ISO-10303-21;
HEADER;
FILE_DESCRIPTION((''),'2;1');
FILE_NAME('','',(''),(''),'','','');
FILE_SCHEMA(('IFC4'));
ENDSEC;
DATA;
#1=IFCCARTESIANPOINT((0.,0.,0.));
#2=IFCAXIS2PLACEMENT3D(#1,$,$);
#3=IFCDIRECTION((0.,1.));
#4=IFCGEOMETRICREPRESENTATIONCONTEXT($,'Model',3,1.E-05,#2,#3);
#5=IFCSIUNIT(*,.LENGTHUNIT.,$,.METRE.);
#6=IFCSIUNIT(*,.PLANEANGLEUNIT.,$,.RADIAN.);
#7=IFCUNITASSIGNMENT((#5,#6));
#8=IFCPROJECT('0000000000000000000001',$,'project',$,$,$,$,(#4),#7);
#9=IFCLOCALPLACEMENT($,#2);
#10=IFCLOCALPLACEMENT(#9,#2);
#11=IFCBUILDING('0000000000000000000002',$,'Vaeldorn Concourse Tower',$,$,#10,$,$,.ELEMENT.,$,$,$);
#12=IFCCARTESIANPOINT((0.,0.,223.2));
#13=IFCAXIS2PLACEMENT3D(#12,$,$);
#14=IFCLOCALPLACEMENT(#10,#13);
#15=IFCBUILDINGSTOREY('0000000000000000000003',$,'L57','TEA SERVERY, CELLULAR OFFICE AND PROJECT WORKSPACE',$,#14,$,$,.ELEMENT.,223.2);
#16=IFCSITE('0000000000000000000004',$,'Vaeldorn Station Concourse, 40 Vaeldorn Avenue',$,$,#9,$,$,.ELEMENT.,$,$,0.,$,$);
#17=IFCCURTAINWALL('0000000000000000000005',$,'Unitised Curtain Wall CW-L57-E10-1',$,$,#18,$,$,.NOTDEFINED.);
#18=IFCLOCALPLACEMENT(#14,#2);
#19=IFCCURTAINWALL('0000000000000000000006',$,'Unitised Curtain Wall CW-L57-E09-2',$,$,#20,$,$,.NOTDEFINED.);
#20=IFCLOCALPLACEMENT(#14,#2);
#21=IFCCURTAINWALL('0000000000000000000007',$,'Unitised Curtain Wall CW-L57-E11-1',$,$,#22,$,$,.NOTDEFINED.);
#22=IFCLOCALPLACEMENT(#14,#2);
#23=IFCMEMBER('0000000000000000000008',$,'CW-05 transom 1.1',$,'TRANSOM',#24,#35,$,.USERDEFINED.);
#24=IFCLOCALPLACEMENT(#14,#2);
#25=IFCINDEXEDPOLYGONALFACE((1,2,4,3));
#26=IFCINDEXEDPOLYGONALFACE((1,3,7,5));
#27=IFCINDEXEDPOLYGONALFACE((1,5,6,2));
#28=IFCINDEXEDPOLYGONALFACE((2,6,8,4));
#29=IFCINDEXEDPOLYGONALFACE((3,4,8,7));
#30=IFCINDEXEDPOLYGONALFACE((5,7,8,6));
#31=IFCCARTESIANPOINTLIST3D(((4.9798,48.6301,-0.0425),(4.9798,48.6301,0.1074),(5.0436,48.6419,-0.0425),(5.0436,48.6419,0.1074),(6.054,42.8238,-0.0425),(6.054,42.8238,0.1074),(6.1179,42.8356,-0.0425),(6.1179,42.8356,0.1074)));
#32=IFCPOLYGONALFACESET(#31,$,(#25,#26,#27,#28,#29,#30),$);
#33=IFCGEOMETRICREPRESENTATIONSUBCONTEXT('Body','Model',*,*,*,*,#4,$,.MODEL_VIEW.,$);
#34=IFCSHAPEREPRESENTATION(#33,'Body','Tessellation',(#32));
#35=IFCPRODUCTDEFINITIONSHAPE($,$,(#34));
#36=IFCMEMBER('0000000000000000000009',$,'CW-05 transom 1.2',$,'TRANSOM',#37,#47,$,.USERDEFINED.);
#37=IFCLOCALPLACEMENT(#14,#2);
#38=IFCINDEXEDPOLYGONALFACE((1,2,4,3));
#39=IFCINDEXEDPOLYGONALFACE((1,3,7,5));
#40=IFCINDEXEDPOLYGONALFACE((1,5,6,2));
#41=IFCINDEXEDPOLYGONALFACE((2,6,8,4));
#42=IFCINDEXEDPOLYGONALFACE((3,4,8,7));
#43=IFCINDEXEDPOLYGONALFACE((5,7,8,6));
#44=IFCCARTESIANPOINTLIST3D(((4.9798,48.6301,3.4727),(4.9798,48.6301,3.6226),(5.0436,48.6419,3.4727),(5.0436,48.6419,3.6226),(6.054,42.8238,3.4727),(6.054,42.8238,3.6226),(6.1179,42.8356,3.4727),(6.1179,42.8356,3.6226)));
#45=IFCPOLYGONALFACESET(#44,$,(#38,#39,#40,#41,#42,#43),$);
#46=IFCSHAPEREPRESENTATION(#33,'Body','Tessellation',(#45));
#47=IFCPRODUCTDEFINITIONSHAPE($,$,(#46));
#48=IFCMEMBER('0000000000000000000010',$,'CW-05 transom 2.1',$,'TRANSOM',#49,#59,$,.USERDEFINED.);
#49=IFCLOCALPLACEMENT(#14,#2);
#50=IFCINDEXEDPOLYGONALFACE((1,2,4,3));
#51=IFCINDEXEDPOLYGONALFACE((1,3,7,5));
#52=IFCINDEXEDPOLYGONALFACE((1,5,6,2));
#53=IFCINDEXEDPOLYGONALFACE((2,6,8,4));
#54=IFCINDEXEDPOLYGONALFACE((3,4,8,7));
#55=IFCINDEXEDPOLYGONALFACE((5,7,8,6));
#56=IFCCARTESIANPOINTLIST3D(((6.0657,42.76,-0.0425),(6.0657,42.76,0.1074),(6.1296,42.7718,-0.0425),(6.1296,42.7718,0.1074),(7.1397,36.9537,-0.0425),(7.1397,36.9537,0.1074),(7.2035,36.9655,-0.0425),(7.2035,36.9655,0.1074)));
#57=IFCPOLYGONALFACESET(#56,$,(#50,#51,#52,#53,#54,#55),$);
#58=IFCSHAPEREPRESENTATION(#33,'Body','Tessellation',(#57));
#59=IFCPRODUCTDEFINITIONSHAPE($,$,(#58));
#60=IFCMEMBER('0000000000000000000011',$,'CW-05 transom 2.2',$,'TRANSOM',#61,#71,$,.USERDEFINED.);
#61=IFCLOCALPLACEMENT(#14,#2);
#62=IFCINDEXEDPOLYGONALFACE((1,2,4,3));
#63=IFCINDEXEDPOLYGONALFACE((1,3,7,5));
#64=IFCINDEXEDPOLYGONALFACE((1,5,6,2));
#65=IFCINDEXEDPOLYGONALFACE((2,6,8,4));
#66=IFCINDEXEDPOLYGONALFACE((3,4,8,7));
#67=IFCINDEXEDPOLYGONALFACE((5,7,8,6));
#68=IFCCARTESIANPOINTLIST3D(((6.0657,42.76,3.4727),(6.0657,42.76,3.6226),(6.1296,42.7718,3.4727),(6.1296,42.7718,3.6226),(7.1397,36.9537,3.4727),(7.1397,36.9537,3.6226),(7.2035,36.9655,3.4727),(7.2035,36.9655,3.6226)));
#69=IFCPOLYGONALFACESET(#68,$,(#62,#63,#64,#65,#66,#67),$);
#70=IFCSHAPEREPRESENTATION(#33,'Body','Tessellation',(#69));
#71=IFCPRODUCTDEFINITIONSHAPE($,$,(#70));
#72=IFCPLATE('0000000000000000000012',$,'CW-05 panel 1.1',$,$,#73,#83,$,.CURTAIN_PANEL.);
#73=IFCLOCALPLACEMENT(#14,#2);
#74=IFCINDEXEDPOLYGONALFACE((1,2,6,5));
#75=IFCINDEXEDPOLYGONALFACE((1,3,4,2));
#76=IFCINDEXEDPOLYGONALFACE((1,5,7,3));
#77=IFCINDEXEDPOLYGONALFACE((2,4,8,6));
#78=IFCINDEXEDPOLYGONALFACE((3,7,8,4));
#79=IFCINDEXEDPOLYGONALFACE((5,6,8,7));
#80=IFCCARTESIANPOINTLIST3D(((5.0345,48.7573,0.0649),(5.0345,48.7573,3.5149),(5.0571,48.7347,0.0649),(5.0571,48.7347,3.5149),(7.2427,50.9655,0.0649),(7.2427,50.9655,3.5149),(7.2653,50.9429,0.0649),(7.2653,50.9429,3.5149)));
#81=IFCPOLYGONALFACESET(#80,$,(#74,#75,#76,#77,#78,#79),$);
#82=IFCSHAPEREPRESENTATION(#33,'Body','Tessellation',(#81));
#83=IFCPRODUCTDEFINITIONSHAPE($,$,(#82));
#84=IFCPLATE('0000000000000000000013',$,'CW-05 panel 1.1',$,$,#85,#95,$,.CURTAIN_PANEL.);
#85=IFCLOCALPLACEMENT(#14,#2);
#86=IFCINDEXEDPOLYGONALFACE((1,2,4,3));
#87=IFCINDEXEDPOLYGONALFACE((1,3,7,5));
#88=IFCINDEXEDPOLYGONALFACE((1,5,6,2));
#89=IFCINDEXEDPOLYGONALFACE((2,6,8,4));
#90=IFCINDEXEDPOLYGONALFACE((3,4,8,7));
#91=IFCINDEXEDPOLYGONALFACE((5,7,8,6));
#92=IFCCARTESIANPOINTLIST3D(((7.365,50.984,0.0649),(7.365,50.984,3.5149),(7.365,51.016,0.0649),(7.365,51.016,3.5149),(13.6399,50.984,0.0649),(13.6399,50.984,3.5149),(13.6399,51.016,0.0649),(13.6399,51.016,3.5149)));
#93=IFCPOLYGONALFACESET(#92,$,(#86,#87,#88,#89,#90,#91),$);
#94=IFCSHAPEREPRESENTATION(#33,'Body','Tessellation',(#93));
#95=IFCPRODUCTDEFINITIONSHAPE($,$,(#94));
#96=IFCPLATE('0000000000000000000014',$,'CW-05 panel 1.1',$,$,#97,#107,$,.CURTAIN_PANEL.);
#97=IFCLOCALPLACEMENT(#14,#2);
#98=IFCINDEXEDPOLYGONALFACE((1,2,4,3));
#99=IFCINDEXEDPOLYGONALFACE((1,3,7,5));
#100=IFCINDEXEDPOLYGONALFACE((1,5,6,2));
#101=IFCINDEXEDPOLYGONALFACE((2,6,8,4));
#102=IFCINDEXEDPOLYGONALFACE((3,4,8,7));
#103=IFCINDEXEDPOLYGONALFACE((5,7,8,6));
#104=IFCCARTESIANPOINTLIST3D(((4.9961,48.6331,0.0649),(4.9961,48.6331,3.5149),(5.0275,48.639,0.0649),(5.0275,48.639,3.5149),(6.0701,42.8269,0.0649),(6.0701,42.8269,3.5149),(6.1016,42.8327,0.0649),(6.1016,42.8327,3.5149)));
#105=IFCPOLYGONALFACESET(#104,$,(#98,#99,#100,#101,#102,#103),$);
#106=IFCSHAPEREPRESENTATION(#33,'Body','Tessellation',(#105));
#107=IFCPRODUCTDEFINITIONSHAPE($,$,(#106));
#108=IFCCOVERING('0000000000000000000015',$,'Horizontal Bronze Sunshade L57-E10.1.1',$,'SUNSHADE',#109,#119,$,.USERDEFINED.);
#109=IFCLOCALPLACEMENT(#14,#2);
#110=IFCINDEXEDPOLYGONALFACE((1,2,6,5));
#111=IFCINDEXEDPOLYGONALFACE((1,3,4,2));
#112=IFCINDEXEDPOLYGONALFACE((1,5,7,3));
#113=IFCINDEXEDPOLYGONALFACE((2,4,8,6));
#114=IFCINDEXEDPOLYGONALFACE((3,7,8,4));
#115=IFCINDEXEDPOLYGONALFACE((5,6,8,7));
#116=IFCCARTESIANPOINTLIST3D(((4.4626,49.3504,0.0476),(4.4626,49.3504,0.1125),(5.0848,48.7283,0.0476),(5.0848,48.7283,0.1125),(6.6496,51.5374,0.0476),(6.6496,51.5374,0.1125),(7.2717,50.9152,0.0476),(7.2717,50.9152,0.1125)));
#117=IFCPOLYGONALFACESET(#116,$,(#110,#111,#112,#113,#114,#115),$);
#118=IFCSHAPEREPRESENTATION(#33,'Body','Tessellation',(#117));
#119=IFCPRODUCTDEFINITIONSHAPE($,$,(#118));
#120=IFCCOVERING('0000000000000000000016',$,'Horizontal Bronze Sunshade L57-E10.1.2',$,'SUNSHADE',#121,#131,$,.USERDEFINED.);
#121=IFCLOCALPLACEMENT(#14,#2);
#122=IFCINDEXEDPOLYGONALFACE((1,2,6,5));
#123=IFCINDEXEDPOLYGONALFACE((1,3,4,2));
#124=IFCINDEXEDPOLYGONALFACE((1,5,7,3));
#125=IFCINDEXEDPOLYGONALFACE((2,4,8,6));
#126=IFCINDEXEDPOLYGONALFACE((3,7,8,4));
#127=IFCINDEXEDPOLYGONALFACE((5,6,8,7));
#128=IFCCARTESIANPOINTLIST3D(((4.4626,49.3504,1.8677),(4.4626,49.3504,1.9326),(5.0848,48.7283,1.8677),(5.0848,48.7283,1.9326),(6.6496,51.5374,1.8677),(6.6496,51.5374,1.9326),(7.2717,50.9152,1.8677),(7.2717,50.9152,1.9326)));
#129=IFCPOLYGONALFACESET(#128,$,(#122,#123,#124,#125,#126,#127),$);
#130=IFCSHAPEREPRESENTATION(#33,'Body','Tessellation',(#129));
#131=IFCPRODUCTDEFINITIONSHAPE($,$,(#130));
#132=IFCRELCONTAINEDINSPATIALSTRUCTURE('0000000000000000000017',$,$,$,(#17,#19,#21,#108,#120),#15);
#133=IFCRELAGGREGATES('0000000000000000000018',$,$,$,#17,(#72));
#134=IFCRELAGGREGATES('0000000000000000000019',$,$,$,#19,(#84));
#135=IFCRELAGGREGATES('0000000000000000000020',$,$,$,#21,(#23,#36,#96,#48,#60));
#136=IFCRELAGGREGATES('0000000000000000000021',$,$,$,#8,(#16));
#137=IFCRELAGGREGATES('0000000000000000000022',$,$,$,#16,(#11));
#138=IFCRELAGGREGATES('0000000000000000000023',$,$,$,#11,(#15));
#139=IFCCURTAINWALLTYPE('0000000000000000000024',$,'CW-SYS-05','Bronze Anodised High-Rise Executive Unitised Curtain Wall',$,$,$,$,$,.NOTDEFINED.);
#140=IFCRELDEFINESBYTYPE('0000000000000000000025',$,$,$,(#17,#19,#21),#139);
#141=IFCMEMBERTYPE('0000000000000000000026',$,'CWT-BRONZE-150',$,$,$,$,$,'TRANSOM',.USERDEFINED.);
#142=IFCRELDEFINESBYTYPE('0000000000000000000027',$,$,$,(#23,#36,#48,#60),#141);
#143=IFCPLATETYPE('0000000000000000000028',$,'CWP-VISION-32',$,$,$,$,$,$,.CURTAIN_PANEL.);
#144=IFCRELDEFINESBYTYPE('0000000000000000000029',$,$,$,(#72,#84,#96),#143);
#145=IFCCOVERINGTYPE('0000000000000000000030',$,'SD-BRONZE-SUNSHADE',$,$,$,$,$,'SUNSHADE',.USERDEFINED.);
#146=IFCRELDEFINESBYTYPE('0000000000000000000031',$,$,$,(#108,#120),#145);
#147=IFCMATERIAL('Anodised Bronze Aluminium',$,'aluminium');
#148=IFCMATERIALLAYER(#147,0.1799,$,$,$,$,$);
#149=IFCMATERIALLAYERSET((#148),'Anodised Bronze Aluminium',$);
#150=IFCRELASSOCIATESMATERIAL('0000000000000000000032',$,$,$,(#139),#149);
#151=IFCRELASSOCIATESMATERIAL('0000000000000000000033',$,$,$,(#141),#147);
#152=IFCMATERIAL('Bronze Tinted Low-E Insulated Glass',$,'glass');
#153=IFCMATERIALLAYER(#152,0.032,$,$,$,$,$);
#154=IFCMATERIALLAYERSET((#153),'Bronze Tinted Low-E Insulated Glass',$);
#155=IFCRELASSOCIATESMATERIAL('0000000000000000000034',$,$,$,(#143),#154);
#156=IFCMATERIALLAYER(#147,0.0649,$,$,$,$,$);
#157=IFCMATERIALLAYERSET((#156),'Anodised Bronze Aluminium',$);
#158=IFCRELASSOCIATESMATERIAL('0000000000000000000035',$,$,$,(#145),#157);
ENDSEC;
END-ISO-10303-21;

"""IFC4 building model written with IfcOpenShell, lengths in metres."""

from ifc_helpers import new_model, si_unit, direction, frame, origin, origin_2d, place, context, subcontext, project, spatial, rectangle, extrude, source, transform, mapped, material, layer, layer_set, material_profile, profile_set, type_object, element, aggregate, save


model = new_model("IFC4")

# Units and contexts
model_context = context("Model", 3, precision=1e-05, world=origin(), true_north=direction((0.0, 1.0)))
body_context = subcontext(model_context, "Body", "Model", "MODEL_VIEW")
ifc_project = project(units=[si_unit("LENGTHUNIT", "METRE"), si_unit("PLANEANGLEUNIT", "RADIAN")], contexts=[model_context])

# Site, building, storey
site_placement = place(None, origin())
site = spatial("IfcSite", under=ifc_project, at=site_placement, Name="Vaeldorn Station Concourse, 40 Vaeldorn Avenue", CompositionType="ELEMENT", RefElevation=0.0)
building_placement = place(site_placement, origin())
building = spatial("IfcBuilding", under=site, at=building_placement, Name="Vaeldorn Concourse Tower", CompositionType="ELEMENT")
storey_placement = place(building_placement, frame((0.0, 0.0, 223.2)))
storey = spatial("IfcBuildingStorey", under=building, at=storey_placement, Name="L57", Description="TEA SERVERY, CELLULAR OFFICE AND PROJECT WORKSPACE", CompositionType="ELEMENT", Elevation=223.2)

# Curtain walls
ifc_material_1 = material(Name="Anodised Bronze Aluminium", Category="aluminium")
ifc_layer_1 = layer(ifc_material_1, 0.1799)
ifc_layer_set_1 = layer_set([ifc_layer_1], Name="Anodised Bronze Aluminium")
curtain_wall_type = type_object("IfcCurtainWallType", Name="CW-SYS-05", Description="Bronze Anodised High-Rise Executive Unitised Curtain Wall", PredefinedType="NOTDEFINED", material=ifc_layer_set_1)
curtain_wall_1_placement = place(storey_placement, origin())
curtain_wall_1 = element("IfcCurtainWall", 1, at=curtain_wall_1_placement, inside=storey, type_object=curtain_wall_type, Name="Unitised Curtain Wall CW-L57-E10-1", PredefinedType="NOTDEFINED")
ifc_material_profile_1 = material_profile(ifc_material_1, rectangle(XDim=0.0649, YDim=0.1499, at=origin_2d()), Name="CWT 65x150")
ifc_profile_set_1 = profile_set([ifc_material_profile_1], Name="Anodised Bronze Aluminium")
member_type_1 = type_object("IfcMemberType", Name="CWT-BRONZE-150", ElementType="TRANSOM", PredefinedType="USERDEFINED", material=ifc_profile_set_1)
curtain_wall_2_placement = place(storey_placement, origin())
curtain_wall_2 = element("IfcCurtainWall", 2, at=curtain_wall_2_placement, inside=storey, type_object=curtain_wall_type, Name="Unitised Curtain Wall CW-L57-E09-2", PredefinedType="NOTDEFINED")

# Curtain wall
curtain_wall_3_placement = place(storey_placement, origin())
curtain_wall_3 = element("IfcCurtainWall", 3, at=curtain_wall_3_placement, inside=storey, type_object=curtain_wall_type, Name="Unitised Curtain Wall CW-L57-E11-1", PredefinedType="NOTDEFINED")

# Members
shared_shape_1 = source(origin(), body_context, "Body", "SweptSolid", [
    extrude(rectangle(XDim=0.0649, YDim=0.1499, at=origin_2d()), origin(), (0.0, 0.0, 1.0), 5.9048),
])
member_1_placement = place(storey_placement, frame((5.0117, 48.636, 0.0325), z_axis=(0.181926, -0.983312, 0.0), x_axis=(0.983312, 0.181926, 0.0)))
member_1 = element("IfcMember", 4, at=member_1_placement, type_object=member_type_1, Name="CW-05 transom 1.1", ObjectType="TRANSOM", PredefinedType="USERDEFINED", context=body_context, shape_type="MappedRepresentation", body=[
    mapped(shared_shape_1, transform((0.0, 0.0, 0.0), scale=1.0)),
])
member_2_placement = place(storey_placement, frame((5.0117, 48.636, 3.5476), z_axis=(0.181926, -0.983312, 0.0), x_axis=(0.983312, 0.181926, 0.0)))
member_2 = element("IfcMember", 5, at=member_2_placement, type_object=member_type_1, Name="CW-05 transom 1.2", ObjectType="TRANSOM", PredefinedType="USERDEFINED", context=body_context, shape_type="MappedRepresentation", body=[
    mapped(shared_shape_1, transform((0.0, 0.0, 0.0), scale=1.0)),
])
member_3_placement = place(storey_placement, frame((6.0977, 42.7659, 0.0325), z_axis=(0.181879, -0.983321, 0.0), x_axis=(0.983321, 0.181879, 0.0)))
member_3 = element("IfcMember", 6, at=member_3_placement, type_object=member_type_1, Name="CW-05 transom 2.1", ObjectType="TRANSOM", PredefinedType="USERDEFINED", context=body_context, shape_type="MappedRepresentation", body=[
    mapped(shared_shape_1, transform((0.0, 0.0, 0.0), scale=1.0)),
])
member_4_placement = place(storey_placement, frame((6.0977, 42.7659, 3.5476), z_axis=(0.181879, -0.983321, 0.0), x_axis=(0.983321, 0.181879, 0.0)))
member_4 = element("IfcMember", 7, at=member_4_placement, type_object=member_type_1, Name="CW-05 transom 2.2", ObjectType="TRANSOM", PredefinedType="USERDEFINED", context=body_context, shape_type="MappedRepresentation", body=[
    mapped(shared_shape_1, transform((0.0, 0.0, 0.0), scale=1.0)),
])

# Plates
ifc_material_2 = material(Name="Bronze Tinted Low-E Insulated Glass", Category="glass")
ifc_layer_2 = layer(ifc_material_2, 0.032)
ifc_layer_set_2 = layer_set([ifc_layer_2], Name="Bronze Tinted Low-E Insulated Glass")
plate_type = type_object("IfcPlateType", Name="CWP-VISION-32", PredefinedType="CURTAIN_PANEL", material=ifc_layer_set_2)
shared_shape_2 = source(origin(), body_context, "Body", "SweptSolid", [
    extrude(rectangle(XDim=3.1228, YDim=0.032, at=origin_2d()), origin(), (0.0, 0.0, 1.0), 3.45),
])
plate_1_placement = place(storey_placement, frame((6.1499, 49.8501, 0.0649), z_axis=(0.0, 0.0, 1.0), x_axis=(-0.707107, -0.707107, 0.0)))
plate_1 = element("IfcPlate", 8, at=plate_1_placement, type_object=plate_type, Name="CW-05 panel 1.1", PredefinedType="CURTAIN_PANEL", context=body_context, shape_type="MappedRepresentation", body=[
    mapped(shared_shape_2, transform((0.0, 0.0, 0.0), scale=1.0)),
])
aggregate(curtain_wall_1, [plate_1])
shared_shape_3 = source(origin(), body_context, "Body", "SweptSolid", [
    extrude(rectangle(XDim=6.2749, YDim=0.032, at=origin_2d()), origin(), (0.0, 0.0, 1.0), 3.45),
])
plate_2_placement = place(storey_placement, frame((10.5024, 51.0, 0.0649), z_axis=(0.0, 0.0, 1.0), x_axis=(-1.0, 0.0, 0.0)))
plate_2 = element("IfcPlate", 9, at=plate_2_placement, type_object=plate_type, Name="CW-05 panel 1.1", PredefinedType="CURTAIN_PANEL", context=body_context, shape_type="MappedRepresentation", body=[
    mapped(shared_shape_3, transform((0.0, 0.0, 0.0), scale=1.0)),
])
aggregate(curtain_wall_2, [plate_2])
shared_shape_4 = source(origin(), body_context, "Body", "SweptSolid", [
    extrude(rectangle(XDim=5.9048, YDim=0.032, at=origin_2d()), origin(), (0.0, 0.0, 1.0), 3.45),
])
plate_3_placement = place(storey_placement, frame((5.5488, 45.7329, 0.0649), z_axis=(0.0, 0.0, 1.0), x_axis=(0.181888, -0.983319, 0.0)))
plate_3 = element("IfcPlate", 10, at=plate_3_placement, type_object=plate_type, Name="CW-05 panel 1.1", PredefinedType="CURTAIN_PANEL", context=body_context, shape_type="MappedRepresentation", body=[
    mapped(shared_shape_4, transform((0.0, 0.0, 0.0), scale=1.0)),
])
aggregate(curtain_wall_3, [member_1, member_2, plate_3, member_3, member_4])

# Coverings
ifc_layer_3 = layer(ifc_material_1, 0.0649)
ifc_layer_set_3 = layer_set([ifc_layer_3], Name="Anodised Bronze Aluminium")
covering_type = type_object("IfcCoveringType", Name="SD-BRONZE-SUNSHADE", ElementType="SUNSHADE", PredefinedType="USERDEFINED", material=ifc_layer_set_3)
shared_shape_5 = source(origin(), body_context, "Body", "SweptSolid", [
    extrude(rectangle(XDim=3.0928, YDim=0.8799, at=origin_2d()), origin(), (0.0, 0.0, 1.0), 0.0649),
])
for number, where, z_axis, x_axis, name in (
    (11, (5.8672, 50.1328, 0.0476), (0.0, 0.0, 1.0), (-0.707107, -0.707107, 0.0), "Horizontal Bronze Sunshade L57-E10.1.1"),
    (12, (5.8672, 50.1328, 1.8677), (0.0, 0.0, 1.0), (-0.707107, -0.707107, 0.0), "Horizontal Bronze Sunshade L57-E10.1.2"),
):
    element("IfcCovering", number, at=place(storey_placement, frame(where, z_axis=z_axis, x_axis=x_axis)), inside=storey, type_object=covering_type, Name=name, ObjectType="SUNSHADE", PredefinedType="USERDEFINED", context=body_context, shape_type="MappedRepresentation", body=[
        mapped(shared_shape_5, transform((0.0, 0.0, 0.0), scale=1.0)),
    ])

save(model, "model.ifc")
